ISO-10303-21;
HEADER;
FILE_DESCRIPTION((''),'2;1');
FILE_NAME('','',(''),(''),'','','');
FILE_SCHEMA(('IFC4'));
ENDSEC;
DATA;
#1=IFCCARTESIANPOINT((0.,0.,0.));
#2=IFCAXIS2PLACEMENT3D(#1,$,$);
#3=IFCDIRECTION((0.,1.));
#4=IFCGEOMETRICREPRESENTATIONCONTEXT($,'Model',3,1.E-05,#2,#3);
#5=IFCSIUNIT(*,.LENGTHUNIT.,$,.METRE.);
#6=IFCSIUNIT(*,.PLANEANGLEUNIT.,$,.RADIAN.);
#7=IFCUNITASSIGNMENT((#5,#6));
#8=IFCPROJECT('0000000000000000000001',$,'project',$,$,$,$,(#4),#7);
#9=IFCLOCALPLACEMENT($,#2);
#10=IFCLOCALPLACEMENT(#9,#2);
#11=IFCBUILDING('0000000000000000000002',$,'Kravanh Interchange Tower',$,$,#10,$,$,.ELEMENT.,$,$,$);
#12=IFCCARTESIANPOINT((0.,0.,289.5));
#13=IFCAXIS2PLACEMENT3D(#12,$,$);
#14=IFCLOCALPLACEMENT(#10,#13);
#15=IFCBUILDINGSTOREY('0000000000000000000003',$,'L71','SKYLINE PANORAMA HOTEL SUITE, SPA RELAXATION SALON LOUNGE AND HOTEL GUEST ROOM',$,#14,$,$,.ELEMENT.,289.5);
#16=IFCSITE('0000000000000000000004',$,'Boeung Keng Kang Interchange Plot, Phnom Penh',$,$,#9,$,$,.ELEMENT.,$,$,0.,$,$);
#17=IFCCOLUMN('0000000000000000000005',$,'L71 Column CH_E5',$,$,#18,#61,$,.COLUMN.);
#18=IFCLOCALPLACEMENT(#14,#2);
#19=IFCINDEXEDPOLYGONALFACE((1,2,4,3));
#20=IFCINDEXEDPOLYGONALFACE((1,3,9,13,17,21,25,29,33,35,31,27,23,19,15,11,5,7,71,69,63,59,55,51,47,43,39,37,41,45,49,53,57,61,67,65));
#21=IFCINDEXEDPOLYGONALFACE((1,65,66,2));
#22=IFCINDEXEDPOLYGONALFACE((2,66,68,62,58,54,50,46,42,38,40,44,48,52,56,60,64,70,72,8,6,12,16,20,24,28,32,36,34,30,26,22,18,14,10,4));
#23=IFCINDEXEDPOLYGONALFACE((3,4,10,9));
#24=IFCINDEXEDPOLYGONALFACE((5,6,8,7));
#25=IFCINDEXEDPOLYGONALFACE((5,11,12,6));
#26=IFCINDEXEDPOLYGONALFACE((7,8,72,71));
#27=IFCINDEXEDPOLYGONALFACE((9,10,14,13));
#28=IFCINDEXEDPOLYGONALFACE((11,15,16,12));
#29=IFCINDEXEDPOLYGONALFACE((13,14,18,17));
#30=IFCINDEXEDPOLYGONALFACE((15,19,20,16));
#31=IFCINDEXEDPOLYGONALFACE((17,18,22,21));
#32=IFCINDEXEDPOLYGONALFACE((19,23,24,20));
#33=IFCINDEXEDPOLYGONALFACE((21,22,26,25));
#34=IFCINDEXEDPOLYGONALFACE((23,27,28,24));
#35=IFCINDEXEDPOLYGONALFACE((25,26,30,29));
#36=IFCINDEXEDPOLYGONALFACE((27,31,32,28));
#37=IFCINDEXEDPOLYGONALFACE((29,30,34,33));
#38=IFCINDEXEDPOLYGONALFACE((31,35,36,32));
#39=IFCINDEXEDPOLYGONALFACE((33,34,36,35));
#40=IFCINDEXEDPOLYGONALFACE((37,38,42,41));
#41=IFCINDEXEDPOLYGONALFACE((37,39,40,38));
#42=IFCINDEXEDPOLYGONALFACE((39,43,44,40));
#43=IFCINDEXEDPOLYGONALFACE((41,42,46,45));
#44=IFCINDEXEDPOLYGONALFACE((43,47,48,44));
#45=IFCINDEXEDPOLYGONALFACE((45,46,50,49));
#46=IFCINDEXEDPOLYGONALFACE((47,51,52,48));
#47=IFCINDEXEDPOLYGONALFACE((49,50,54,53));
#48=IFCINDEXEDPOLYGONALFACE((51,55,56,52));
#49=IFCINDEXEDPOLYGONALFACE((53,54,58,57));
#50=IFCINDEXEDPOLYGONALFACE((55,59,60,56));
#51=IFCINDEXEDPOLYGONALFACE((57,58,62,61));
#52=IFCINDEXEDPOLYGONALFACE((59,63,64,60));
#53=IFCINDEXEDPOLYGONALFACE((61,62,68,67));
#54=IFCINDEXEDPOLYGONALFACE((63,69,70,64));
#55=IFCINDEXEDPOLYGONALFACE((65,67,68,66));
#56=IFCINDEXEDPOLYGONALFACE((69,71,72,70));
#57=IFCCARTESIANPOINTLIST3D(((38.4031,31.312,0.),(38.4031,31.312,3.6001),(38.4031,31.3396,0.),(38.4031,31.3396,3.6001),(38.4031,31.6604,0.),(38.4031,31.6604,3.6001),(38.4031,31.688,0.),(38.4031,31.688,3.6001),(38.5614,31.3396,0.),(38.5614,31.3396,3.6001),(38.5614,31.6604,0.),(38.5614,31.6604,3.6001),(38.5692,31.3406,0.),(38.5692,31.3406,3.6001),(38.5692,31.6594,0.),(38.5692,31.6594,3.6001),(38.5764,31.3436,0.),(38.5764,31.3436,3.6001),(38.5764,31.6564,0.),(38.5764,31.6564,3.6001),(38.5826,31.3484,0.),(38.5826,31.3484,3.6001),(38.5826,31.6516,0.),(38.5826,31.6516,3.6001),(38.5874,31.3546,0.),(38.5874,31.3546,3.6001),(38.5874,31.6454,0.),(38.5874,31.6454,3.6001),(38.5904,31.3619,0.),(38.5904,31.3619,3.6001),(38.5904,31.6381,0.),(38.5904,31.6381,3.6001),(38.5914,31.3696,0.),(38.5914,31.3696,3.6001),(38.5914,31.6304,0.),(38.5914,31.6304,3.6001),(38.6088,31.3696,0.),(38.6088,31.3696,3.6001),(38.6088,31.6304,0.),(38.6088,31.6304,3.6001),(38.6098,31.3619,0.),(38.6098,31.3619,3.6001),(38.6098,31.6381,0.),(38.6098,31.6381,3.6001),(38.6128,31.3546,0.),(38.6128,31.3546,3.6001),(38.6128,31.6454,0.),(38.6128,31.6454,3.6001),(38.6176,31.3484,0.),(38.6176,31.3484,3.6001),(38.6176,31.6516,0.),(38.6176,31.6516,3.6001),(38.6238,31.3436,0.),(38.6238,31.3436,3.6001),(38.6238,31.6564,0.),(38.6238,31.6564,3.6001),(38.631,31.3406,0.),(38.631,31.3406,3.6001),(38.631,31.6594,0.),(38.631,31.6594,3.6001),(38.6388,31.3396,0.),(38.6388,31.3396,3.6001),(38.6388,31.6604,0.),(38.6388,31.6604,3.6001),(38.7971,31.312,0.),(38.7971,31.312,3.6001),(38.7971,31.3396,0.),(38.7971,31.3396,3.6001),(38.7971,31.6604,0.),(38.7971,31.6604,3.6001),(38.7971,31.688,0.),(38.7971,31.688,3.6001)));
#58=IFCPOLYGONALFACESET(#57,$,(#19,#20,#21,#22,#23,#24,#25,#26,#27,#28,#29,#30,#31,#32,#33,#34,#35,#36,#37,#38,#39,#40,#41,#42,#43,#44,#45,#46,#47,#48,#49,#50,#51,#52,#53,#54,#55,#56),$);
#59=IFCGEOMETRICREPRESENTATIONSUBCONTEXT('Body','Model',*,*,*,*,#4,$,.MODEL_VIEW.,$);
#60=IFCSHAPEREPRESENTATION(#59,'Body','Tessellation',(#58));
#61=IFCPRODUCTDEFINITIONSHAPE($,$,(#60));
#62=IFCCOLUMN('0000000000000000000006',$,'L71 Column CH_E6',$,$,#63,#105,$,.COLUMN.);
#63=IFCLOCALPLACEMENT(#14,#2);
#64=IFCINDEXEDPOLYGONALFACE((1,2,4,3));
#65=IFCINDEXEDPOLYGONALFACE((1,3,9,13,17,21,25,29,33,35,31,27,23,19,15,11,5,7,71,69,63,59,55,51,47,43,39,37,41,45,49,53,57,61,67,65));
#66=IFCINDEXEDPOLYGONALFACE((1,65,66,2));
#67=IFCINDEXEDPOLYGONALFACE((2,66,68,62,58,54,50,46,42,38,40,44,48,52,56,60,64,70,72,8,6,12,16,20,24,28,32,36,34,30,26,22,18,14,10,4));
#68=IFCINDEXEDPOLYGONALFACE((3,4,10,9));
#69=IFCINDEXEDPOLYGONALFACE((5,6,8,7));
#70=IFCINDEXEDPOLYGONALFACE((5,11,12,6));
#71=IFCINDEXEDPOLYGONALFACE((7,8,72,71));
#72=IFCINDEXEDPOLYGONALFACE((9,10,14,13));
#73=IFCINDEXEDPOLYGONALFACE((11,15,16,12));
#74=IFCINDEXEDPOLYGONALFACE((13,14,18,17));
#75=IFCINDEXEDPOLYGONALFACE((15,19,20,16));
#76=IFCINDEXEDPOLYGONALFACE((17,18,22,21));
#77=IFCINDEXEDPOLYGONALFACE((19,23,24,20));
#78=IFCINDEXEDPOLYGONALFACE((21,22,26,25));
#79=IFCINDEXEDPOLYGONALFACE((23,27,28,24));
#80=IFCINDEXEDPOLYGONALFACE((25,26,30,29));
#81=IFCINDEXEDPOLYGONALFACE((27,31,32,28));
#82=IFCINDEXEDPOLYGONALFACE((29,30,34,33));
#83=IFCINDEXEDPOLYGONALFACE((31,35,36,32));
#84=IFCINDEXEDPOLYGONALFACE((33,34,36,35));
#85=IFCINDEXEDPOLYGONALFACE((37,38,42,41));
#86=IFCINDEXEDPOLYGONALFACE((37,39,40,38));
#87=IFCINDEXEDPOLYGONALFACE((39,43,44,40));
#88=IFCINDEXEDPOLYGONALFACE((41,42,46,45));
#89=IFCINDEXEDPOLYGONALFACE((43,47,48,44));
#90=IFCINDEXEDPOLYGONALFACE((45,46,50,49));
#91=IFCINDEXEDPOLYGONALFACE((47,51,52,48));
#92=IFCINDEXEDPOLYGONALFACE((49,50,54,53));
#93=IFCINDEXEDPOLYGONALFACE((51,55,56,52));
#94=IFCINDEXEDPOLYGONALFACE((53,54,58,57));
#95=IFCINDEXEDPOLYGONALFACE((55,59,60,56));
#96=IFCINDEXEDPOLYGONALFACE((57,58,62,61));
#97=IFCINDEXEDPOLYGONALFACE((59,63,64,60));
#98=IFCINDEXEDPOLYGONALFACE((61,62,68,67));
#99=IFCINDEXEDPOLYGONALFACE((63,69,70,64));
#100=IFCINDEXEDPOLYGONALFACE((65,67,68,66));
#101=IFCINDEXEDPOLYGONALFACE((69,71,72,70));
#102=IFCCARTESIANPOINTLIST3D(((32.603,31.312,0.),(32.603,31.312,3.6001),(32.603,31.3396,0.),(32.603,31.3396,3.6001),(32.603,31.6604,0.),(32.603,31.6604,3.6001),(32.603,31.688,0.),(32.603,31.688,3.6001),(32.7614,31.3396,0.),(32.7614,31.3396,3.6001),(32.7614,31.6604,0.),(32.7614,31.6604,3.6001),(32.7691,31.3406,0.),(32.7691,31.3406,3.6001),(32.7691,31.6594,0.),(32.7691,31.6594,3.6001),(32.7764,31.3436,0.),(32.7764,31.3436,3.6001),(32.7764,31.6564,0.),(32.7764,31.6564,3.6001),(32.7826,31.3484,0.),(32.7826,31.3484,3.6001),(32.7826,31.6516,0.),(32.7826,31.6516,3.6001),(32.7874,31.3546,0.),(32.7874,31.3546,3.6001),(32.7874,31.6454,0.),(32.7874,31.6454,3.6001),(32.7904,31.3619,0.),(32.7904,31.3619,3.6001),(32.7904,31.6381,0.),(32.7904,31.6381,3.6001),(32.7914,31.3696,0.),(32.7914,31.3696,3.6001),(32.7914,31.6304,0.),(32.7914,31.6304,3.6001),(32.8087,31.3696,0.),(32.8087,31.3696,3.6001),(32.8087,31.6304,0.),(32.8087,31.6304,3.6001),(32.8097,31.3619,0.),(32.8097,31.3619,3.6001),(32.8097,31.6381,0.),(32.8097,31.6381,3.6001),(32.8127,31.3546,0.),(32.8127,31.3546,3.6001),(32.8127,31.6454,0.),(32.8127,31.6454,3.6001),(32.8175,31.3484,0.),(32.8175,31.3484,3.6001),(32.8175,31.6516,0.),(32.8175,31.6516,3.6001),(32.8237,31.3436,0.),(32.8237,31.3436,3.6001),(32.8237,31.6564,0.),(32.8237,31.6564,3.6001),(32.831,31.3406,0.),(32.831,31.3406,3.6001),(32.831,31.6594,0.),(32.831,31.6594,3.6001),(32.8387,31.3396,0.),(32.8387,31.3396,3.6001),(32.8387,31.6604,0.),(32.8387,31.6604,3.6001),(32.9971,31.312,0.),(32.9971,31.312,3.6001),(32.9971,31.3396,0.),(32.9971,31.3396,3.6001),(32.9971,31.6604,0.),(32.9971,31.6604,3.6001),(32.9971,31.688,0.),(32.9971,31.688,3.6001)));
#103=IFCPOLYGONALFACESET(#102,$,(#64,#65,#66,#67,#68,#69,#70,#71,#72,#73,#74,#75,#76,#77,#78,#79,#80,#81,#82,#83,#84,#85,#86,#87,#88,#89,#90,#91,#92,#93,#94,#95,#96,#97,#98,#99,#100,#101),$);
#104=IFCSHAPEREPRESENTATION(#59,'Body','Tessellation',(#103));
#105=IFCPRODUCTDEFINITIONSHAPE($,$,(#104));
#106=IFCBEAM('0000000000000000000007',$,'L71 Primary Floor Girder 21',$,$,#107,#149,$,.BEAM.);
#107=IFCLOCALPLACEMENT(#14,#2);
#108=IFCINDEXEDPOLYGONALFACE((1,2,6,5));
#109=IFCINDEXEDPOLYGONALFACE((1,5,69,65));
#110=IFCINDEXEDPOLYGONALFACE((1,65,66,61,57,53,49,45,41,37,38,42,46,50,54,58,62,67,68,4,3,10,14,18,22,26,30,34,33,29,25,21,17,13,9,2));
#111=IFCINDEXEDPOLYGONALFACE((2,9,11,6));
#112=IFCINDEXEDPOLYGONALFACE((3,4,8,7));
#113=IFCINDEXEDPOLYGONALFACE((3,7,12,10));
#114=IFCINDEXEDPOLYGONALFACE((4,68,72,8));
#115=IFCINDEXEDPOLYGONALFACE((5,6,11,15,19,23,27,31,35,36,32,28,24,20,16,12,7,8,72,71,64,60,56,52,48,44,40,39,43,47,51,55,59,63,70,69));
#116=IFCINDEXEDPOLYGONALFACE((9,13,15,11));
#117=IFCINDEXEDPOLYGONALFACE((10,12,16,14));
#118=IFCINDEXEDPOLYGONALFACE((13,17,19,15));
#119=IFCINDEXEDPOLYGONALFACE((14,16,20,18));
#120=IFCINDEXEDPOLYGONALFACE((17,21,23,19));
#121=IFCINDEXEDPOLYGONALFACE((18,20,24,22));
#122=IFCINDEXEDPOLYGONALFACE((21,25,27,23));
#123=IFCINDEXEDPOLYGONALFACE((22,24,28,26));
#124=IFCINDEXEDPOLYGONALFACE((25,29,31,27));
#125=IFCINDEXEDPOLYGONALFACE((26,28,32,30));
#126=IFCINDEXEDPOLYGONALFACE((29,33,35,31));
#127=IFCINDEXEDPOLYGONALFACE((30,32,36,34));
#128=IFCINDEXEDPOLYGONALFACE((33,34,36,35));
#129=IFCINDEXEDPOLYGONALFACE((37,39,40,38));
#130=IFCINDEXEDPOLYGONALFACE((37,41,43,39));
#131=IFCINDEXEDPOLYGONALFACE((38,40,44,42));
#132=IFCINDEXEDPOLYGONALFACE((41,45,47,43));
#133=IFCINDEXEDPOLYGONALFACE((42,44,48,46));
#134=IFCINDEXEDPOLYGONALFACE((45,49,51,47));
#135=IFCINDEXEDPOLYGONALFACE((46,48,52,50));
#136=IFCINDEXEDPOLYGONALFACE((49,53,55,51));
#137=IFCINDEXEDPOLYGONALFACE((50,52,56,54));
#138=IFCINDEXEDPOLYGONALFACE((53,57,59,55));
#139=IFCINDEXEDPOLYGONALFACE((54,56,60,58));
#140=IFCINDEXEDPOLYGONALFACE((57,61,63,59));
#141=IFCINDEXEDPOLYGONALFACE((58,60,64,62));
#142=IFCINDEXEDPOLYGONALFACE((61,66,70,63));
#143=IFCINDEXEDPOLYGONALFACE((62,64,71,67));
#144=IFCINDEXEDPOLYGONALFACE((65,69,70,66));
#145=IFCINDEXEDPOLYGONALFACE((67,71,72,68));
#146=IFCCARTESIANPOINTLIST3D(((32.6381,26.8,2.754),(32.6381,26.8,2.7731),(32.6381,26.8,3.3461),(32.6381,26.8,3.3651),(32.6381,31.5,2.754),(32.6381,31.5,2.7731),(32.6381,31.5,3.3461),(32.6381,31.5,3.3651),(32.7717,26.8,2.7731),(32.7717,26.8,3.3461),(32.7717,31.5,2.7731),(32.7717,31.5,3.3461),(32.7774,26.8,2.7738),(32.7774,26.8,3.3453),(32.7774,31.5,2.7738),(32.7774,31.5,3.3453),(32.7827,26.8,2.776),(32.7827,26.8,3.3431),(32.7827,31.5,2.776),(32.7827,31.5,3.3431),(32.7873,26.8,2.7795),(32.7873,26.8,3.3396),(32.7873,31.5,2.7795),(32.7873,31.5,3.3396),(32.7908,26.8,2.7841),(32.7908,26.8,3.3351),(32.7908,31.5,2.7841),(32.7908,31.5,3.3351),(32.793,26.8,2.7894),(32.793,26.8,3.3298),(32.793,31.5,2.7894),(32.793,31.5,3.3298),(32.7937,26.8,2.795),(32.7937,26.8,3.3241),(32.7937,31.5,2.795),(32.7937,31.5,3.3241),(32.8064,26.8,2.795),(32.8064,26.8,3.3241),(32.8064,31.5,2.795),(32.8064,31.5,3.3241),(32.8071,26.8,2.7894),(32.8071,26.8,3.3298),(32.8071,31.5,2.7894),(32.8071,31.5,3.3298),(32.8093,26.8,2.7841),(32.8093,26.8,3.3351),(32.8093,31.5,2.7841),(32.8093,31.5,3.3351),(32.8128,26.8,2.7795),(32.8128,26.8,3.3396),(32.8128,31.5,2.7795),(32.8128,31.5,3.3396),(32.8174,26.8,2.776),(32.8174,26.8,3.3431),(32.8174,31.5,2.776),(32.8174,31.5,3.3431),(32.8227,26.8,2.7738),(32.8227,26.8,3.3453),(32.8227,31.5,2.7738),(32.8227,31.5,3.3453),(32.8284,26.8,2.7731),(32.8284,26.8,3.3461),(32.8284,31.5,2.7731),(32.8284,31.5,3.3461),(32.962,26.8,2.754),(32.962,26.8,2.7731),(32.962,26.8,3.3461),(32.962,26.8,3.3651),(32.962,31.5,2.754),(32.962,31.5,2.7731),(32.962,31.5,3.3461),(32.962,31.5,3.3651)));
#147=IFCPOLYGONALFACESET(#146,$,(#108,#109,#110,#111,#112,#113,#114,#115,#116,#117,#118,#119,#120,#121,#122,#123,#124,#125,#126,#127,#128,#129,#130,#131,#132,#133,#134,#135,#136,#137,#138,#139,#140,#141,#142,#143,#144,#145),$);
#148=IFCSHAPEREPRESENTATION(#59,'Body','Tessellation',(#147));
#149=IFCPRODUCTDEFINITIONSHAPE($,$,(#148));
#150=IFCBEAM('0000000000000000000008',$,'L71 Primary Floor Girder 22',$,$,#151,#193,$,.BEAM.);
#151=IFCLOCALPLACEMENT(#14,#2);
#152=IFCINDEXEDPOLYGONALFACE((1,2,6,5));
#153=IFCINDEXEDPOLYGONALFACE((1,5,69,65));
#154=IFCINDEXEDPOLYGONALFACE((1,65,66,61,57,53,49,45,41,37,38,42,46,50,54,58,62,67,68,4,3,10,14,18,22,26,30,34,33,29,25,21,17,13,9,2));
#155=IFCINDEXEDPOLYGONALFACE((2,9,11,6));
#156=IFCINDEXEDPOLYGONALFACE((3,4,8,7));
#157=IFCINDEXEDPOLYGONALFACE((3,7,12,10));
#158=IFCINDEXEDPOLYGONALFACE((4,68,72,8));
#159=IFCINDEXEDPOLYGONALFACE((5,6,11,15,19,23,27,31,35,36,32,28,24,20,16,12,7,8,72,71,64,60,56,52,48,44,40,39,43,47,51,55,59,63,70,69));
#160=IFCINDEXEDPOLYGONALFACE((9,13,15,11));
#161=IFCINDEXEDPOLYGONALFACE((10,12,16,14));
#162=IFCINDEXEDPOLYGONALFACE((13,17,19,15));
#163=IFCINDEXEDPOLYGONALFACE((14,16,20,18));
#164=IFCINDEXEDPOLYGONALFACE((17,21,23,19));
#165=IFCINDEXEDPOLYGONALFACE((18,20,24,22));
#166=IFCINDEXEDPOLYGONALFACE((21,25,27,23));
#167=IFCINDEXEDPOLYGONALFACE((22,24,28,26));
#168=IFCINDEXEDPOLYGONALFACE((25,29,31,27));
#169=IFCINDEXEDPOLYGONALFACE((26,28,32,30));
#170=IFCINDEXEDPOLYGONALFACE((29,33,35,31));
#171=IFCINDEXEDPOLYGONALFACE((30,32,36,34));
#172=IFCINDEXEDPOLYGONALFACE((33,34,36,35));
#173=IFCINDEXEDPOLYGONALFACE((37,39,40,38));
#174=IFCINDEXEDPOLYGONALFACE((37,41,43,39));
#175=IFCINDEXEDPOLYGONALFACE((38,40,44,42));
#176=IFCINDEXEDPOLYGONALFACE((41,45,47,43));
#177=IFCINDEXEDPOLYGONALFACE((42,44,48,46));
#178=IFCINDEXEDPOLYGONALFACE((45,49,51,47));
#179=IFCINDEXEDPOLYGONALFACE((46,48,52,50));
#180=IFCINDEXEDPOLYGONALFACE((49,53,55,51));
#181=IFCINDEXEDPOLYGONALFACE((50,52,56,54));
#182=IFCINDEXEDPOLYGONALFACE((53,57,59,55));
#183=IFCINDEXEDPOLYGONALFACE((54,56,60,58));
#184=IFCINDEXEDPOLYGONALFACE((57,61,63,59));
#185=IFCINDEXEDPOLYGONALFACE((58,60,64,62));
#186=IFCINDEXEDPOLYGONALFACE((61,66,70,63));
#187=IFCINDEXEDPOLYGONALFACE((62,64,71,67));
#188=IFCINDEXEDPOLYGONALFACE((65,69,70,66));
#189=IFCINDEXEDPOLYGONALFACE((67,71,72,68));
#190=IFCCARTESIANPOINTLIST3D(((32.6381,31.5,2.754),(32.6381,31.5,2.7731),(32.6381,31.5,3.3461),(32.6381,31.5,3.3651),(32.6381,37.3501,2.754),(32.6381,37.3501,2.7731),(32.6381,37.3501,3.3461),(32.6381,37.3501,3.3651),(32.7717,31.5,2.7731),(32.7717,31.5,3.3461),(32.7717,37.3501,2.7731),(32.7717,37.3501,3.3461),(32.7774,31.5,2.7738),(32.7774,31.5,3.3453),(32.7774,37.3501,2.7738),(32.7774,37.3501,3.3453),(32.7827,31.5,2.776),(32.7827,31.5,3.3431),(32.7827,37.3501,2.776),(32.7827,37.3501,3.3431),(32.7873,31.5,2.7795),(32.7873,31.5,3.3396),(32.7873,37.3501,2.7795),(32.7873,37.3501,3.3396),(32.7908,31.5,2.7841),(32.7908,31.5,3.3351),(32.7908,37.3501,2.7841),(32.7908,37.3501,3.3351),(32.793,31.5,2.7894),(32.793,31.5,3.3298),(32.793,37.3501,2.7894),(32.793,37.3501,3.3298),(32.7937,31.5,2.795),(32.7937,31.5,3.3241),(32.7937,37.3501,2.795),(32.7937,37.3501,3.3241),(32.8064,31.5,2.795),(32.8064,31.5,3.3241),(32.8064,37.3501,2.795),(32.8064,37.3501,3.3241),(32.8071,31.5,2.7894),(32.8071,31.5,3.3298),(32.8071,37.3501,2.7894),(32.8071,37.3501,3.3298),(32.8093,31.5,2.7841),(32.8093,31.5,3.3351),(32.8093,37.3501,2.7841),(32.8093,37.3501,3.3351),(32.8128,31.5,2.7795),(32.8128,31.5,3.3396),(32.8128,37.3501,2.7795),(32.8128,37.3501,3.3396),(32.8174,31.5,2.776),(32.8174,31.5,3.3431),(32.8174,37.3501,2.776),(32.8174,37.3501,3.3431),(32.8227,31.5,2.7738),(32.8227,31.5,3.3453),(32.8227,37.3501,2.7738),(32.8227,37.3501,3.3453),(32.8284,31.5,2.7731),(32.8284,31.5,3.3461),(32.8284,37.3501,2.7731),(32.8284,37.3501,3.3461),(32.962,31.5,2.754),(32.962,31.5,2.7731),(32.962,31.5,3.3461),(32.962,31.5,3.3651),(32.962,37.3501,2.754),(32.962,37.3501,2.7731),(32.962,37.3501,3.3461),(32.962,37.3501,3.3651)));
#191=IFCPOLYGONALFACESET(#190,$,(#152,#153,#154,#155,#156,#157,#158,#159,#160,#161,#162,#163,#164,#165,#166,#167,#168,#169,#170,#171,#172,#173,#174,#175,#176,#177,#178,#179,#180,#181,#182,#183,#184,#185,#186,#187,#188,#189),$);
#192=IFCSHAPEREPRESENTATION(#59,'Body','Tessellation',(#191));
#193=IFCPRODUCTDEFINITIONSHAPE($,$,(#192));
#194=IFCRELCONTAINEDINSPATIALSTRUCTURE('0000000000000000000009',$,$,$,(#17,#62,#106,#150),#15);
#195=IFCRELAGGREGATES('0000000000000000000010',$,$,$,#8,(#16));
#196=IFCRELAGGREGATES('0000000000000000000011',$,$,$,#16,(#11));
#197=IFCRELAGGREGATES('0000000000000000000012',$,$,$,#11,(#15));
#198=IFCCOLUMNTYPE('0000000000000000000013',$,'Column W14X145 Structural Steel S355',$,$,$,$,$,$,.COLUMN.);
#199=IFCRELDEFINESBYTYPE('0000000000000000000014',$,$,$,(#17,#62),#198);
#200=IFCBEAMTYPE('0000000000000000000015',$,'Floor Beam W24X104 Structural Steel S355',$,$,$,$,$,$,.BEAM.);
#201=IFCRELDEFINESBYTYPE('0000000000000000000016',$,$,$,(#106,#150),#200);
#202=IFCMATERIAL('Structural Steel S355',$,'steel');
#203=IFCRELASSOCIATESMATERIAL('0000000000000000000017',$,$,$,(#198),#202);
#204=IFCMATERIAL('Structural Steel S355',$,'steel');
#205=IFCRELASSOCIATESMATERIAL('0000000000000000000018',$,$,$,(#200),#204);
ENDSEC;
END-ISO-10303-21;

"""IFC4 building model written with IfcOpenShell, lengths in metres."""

from ifc_helpers import new_model, si_unit, direction, frame, origin, origin_2d, place, context, subcontext, project, spatial, i_section, extrude, material, material_profile, profile_set, type_object, element, save


model = new_model("IFC4")

# Units and contexts
model_context = context("Model", 3, precision=1e-05, world=origin(), true_north=direction((0.0, 1.0)))
body_context = subcontext(model_context, "Body", "Model", "MODEL_VIEW")
ifc_project = project(units=[si_unit("LENGTHUNIT", "METRE"), si_unit("PLANEANGLEUNIT", "RADIAN")], contexts=[model_context])

# Site, building, storey
site_placement = place(None, origin())
site = spatial("IfcSite", under=ifc_project, at=site_placement, Name="Boeung Keng Kang Interchange Plot, Phnom Penh", CompositionType="ELEMENT", RefElevation=0.0)
building_placement = place(site_placement, origin())
building = spatial("IfcBuilding", under=site, at=building_placement, Name="Kravanh Interchange Tower", CompositionType="ELEMENT")
storey_placement = place(building_placement, frame((0.0, 0.0, 289.5)))
storey = spatial("IfcBuildingStorey", under=building, at=storey_placement, Name="L71", Description="SKYLINE PANORAMA HOTEL SUITE, SPA RELAXATION SALON LOUNGE AND HOTEL GUEST ROOM", CompositionType="ELEMENT", Elevation=289.5)

# Columns
ifc_material_1 = material(Name="Structural Steel S355", Category="steel")
ifc_material_profile_1 = material_profile(ifc_material_1, i_section(OverallWidth=0.394, OverallDepth=0.376, WebThickness=0.0173, FlangeThickness=0.0276, FilletRadius=0.03, at=origin_2d()), Name="W14X145")
ifc_profile_set_1 = profile_set([ifc_material_profile_1], Name="Structural Steel S355")
column_type = type_object("IfcColumnType", Name="Column W14X145 Structural Steel S355", PredefinedType="COLUMN", material=ifc_profile_set_1)
for number, where, z_axis, x_axis, name in (
    (1, (38.6001, 31.5, 0.0), (0.0, 0.0, 1.0), (1.0, 0.0, 0.0), "L71 Column CH_E5"),
    (2, (32.8, 31.5, 0.0), (0.0, 0.0, 1.0), (1.0, 0.0, 0.0), "L71 Column CH_E6"),
):
    element("IfcColumn", number, at=place(storey_placement, frame(where, z_axis=z_axis, x_axis=x_axis)), inside=storey, type_object=column_type, Name=name, PredefinedType="COLUMN", context=body_context, shape_type="SweptSolid", body=[
        extrude(i_section(OverallWidth=0.394, OverallDepth=0.376, WebThickness=0.0173, FlangeThickness=0.0276, FilletRadius=0.03, at=origin_2d()), origin(), (0.0, 0.0, 1.0), 3.6001),
    ])

# Beams
ifc_material_2 = material(Name="Structural Steel S355", Category="steel")
ifc_material_profile_2 = material_profile(ifc_material_2, i_section(OverallWidth=0.324, OverallDepth=0.6111, WebThickness=0.0127, FlangeThickness=0.019, FilletRadius=0.022, at=origin_2d()), Name="W24X104")
ifc_profile_set_2 = profile_set([ifc_material_profile_2], Name="Structural Steel S355")
beam_type_1 = type_object("IfcBeamType", Name="Floor Beam W24X104 Structural Steel S355", PredefinedType="BEAM", material=ifc_profile_set_2)
beam_1_placement = place(storey_placement, frame((32.8, 31.5, 3.0596), z_axis=(0.0, -1.0, 0.0), x_axis=(1.0, 0.0, 0.0)))
element("IfcBeam", 3, at=beam_1_placement, inside=storey, type_object=beam_type_1, Name="L71 Primary Floor Girder 21", PredefinedType="BEAM", context=body_context, shape_type="SweptSolid", body=[
    extrude(i_section(OverallWidth=0.324, OverallDepth=0.6111, WebThickness=0.0127, FlangeThickness=0.019, FilletRadius=0.022, at=origin_2d()), origin(), (0.0, 0.0, 1.0), 4.7),
])
beam_2_placement = place(storey_placement, frame((32.8, 31.5, 3.0596), z_axis=(0.0, 1.0, 0.0), x_axis=(-1.0, 0.0, 0.0)))
element("IfcBeam", 4, at=beam_2_placement, inside=storey, type_object=beam_type_1, Name="L71 Primary Floor Girder 22", PredefinedType="BEAM", context=body_context, shape_type="SweptSolid", body=[
    extrude(i_section(OverallWidth=0.324, OverallDepth=0.6111, WebThickness=0.0127, FlangeThickness=0.019, FilletRadius=0.022, at=origin_2d()), origin(), (0.0, 0.0, 1.0), 5.8501),
])

save(model, "model.ifc")
